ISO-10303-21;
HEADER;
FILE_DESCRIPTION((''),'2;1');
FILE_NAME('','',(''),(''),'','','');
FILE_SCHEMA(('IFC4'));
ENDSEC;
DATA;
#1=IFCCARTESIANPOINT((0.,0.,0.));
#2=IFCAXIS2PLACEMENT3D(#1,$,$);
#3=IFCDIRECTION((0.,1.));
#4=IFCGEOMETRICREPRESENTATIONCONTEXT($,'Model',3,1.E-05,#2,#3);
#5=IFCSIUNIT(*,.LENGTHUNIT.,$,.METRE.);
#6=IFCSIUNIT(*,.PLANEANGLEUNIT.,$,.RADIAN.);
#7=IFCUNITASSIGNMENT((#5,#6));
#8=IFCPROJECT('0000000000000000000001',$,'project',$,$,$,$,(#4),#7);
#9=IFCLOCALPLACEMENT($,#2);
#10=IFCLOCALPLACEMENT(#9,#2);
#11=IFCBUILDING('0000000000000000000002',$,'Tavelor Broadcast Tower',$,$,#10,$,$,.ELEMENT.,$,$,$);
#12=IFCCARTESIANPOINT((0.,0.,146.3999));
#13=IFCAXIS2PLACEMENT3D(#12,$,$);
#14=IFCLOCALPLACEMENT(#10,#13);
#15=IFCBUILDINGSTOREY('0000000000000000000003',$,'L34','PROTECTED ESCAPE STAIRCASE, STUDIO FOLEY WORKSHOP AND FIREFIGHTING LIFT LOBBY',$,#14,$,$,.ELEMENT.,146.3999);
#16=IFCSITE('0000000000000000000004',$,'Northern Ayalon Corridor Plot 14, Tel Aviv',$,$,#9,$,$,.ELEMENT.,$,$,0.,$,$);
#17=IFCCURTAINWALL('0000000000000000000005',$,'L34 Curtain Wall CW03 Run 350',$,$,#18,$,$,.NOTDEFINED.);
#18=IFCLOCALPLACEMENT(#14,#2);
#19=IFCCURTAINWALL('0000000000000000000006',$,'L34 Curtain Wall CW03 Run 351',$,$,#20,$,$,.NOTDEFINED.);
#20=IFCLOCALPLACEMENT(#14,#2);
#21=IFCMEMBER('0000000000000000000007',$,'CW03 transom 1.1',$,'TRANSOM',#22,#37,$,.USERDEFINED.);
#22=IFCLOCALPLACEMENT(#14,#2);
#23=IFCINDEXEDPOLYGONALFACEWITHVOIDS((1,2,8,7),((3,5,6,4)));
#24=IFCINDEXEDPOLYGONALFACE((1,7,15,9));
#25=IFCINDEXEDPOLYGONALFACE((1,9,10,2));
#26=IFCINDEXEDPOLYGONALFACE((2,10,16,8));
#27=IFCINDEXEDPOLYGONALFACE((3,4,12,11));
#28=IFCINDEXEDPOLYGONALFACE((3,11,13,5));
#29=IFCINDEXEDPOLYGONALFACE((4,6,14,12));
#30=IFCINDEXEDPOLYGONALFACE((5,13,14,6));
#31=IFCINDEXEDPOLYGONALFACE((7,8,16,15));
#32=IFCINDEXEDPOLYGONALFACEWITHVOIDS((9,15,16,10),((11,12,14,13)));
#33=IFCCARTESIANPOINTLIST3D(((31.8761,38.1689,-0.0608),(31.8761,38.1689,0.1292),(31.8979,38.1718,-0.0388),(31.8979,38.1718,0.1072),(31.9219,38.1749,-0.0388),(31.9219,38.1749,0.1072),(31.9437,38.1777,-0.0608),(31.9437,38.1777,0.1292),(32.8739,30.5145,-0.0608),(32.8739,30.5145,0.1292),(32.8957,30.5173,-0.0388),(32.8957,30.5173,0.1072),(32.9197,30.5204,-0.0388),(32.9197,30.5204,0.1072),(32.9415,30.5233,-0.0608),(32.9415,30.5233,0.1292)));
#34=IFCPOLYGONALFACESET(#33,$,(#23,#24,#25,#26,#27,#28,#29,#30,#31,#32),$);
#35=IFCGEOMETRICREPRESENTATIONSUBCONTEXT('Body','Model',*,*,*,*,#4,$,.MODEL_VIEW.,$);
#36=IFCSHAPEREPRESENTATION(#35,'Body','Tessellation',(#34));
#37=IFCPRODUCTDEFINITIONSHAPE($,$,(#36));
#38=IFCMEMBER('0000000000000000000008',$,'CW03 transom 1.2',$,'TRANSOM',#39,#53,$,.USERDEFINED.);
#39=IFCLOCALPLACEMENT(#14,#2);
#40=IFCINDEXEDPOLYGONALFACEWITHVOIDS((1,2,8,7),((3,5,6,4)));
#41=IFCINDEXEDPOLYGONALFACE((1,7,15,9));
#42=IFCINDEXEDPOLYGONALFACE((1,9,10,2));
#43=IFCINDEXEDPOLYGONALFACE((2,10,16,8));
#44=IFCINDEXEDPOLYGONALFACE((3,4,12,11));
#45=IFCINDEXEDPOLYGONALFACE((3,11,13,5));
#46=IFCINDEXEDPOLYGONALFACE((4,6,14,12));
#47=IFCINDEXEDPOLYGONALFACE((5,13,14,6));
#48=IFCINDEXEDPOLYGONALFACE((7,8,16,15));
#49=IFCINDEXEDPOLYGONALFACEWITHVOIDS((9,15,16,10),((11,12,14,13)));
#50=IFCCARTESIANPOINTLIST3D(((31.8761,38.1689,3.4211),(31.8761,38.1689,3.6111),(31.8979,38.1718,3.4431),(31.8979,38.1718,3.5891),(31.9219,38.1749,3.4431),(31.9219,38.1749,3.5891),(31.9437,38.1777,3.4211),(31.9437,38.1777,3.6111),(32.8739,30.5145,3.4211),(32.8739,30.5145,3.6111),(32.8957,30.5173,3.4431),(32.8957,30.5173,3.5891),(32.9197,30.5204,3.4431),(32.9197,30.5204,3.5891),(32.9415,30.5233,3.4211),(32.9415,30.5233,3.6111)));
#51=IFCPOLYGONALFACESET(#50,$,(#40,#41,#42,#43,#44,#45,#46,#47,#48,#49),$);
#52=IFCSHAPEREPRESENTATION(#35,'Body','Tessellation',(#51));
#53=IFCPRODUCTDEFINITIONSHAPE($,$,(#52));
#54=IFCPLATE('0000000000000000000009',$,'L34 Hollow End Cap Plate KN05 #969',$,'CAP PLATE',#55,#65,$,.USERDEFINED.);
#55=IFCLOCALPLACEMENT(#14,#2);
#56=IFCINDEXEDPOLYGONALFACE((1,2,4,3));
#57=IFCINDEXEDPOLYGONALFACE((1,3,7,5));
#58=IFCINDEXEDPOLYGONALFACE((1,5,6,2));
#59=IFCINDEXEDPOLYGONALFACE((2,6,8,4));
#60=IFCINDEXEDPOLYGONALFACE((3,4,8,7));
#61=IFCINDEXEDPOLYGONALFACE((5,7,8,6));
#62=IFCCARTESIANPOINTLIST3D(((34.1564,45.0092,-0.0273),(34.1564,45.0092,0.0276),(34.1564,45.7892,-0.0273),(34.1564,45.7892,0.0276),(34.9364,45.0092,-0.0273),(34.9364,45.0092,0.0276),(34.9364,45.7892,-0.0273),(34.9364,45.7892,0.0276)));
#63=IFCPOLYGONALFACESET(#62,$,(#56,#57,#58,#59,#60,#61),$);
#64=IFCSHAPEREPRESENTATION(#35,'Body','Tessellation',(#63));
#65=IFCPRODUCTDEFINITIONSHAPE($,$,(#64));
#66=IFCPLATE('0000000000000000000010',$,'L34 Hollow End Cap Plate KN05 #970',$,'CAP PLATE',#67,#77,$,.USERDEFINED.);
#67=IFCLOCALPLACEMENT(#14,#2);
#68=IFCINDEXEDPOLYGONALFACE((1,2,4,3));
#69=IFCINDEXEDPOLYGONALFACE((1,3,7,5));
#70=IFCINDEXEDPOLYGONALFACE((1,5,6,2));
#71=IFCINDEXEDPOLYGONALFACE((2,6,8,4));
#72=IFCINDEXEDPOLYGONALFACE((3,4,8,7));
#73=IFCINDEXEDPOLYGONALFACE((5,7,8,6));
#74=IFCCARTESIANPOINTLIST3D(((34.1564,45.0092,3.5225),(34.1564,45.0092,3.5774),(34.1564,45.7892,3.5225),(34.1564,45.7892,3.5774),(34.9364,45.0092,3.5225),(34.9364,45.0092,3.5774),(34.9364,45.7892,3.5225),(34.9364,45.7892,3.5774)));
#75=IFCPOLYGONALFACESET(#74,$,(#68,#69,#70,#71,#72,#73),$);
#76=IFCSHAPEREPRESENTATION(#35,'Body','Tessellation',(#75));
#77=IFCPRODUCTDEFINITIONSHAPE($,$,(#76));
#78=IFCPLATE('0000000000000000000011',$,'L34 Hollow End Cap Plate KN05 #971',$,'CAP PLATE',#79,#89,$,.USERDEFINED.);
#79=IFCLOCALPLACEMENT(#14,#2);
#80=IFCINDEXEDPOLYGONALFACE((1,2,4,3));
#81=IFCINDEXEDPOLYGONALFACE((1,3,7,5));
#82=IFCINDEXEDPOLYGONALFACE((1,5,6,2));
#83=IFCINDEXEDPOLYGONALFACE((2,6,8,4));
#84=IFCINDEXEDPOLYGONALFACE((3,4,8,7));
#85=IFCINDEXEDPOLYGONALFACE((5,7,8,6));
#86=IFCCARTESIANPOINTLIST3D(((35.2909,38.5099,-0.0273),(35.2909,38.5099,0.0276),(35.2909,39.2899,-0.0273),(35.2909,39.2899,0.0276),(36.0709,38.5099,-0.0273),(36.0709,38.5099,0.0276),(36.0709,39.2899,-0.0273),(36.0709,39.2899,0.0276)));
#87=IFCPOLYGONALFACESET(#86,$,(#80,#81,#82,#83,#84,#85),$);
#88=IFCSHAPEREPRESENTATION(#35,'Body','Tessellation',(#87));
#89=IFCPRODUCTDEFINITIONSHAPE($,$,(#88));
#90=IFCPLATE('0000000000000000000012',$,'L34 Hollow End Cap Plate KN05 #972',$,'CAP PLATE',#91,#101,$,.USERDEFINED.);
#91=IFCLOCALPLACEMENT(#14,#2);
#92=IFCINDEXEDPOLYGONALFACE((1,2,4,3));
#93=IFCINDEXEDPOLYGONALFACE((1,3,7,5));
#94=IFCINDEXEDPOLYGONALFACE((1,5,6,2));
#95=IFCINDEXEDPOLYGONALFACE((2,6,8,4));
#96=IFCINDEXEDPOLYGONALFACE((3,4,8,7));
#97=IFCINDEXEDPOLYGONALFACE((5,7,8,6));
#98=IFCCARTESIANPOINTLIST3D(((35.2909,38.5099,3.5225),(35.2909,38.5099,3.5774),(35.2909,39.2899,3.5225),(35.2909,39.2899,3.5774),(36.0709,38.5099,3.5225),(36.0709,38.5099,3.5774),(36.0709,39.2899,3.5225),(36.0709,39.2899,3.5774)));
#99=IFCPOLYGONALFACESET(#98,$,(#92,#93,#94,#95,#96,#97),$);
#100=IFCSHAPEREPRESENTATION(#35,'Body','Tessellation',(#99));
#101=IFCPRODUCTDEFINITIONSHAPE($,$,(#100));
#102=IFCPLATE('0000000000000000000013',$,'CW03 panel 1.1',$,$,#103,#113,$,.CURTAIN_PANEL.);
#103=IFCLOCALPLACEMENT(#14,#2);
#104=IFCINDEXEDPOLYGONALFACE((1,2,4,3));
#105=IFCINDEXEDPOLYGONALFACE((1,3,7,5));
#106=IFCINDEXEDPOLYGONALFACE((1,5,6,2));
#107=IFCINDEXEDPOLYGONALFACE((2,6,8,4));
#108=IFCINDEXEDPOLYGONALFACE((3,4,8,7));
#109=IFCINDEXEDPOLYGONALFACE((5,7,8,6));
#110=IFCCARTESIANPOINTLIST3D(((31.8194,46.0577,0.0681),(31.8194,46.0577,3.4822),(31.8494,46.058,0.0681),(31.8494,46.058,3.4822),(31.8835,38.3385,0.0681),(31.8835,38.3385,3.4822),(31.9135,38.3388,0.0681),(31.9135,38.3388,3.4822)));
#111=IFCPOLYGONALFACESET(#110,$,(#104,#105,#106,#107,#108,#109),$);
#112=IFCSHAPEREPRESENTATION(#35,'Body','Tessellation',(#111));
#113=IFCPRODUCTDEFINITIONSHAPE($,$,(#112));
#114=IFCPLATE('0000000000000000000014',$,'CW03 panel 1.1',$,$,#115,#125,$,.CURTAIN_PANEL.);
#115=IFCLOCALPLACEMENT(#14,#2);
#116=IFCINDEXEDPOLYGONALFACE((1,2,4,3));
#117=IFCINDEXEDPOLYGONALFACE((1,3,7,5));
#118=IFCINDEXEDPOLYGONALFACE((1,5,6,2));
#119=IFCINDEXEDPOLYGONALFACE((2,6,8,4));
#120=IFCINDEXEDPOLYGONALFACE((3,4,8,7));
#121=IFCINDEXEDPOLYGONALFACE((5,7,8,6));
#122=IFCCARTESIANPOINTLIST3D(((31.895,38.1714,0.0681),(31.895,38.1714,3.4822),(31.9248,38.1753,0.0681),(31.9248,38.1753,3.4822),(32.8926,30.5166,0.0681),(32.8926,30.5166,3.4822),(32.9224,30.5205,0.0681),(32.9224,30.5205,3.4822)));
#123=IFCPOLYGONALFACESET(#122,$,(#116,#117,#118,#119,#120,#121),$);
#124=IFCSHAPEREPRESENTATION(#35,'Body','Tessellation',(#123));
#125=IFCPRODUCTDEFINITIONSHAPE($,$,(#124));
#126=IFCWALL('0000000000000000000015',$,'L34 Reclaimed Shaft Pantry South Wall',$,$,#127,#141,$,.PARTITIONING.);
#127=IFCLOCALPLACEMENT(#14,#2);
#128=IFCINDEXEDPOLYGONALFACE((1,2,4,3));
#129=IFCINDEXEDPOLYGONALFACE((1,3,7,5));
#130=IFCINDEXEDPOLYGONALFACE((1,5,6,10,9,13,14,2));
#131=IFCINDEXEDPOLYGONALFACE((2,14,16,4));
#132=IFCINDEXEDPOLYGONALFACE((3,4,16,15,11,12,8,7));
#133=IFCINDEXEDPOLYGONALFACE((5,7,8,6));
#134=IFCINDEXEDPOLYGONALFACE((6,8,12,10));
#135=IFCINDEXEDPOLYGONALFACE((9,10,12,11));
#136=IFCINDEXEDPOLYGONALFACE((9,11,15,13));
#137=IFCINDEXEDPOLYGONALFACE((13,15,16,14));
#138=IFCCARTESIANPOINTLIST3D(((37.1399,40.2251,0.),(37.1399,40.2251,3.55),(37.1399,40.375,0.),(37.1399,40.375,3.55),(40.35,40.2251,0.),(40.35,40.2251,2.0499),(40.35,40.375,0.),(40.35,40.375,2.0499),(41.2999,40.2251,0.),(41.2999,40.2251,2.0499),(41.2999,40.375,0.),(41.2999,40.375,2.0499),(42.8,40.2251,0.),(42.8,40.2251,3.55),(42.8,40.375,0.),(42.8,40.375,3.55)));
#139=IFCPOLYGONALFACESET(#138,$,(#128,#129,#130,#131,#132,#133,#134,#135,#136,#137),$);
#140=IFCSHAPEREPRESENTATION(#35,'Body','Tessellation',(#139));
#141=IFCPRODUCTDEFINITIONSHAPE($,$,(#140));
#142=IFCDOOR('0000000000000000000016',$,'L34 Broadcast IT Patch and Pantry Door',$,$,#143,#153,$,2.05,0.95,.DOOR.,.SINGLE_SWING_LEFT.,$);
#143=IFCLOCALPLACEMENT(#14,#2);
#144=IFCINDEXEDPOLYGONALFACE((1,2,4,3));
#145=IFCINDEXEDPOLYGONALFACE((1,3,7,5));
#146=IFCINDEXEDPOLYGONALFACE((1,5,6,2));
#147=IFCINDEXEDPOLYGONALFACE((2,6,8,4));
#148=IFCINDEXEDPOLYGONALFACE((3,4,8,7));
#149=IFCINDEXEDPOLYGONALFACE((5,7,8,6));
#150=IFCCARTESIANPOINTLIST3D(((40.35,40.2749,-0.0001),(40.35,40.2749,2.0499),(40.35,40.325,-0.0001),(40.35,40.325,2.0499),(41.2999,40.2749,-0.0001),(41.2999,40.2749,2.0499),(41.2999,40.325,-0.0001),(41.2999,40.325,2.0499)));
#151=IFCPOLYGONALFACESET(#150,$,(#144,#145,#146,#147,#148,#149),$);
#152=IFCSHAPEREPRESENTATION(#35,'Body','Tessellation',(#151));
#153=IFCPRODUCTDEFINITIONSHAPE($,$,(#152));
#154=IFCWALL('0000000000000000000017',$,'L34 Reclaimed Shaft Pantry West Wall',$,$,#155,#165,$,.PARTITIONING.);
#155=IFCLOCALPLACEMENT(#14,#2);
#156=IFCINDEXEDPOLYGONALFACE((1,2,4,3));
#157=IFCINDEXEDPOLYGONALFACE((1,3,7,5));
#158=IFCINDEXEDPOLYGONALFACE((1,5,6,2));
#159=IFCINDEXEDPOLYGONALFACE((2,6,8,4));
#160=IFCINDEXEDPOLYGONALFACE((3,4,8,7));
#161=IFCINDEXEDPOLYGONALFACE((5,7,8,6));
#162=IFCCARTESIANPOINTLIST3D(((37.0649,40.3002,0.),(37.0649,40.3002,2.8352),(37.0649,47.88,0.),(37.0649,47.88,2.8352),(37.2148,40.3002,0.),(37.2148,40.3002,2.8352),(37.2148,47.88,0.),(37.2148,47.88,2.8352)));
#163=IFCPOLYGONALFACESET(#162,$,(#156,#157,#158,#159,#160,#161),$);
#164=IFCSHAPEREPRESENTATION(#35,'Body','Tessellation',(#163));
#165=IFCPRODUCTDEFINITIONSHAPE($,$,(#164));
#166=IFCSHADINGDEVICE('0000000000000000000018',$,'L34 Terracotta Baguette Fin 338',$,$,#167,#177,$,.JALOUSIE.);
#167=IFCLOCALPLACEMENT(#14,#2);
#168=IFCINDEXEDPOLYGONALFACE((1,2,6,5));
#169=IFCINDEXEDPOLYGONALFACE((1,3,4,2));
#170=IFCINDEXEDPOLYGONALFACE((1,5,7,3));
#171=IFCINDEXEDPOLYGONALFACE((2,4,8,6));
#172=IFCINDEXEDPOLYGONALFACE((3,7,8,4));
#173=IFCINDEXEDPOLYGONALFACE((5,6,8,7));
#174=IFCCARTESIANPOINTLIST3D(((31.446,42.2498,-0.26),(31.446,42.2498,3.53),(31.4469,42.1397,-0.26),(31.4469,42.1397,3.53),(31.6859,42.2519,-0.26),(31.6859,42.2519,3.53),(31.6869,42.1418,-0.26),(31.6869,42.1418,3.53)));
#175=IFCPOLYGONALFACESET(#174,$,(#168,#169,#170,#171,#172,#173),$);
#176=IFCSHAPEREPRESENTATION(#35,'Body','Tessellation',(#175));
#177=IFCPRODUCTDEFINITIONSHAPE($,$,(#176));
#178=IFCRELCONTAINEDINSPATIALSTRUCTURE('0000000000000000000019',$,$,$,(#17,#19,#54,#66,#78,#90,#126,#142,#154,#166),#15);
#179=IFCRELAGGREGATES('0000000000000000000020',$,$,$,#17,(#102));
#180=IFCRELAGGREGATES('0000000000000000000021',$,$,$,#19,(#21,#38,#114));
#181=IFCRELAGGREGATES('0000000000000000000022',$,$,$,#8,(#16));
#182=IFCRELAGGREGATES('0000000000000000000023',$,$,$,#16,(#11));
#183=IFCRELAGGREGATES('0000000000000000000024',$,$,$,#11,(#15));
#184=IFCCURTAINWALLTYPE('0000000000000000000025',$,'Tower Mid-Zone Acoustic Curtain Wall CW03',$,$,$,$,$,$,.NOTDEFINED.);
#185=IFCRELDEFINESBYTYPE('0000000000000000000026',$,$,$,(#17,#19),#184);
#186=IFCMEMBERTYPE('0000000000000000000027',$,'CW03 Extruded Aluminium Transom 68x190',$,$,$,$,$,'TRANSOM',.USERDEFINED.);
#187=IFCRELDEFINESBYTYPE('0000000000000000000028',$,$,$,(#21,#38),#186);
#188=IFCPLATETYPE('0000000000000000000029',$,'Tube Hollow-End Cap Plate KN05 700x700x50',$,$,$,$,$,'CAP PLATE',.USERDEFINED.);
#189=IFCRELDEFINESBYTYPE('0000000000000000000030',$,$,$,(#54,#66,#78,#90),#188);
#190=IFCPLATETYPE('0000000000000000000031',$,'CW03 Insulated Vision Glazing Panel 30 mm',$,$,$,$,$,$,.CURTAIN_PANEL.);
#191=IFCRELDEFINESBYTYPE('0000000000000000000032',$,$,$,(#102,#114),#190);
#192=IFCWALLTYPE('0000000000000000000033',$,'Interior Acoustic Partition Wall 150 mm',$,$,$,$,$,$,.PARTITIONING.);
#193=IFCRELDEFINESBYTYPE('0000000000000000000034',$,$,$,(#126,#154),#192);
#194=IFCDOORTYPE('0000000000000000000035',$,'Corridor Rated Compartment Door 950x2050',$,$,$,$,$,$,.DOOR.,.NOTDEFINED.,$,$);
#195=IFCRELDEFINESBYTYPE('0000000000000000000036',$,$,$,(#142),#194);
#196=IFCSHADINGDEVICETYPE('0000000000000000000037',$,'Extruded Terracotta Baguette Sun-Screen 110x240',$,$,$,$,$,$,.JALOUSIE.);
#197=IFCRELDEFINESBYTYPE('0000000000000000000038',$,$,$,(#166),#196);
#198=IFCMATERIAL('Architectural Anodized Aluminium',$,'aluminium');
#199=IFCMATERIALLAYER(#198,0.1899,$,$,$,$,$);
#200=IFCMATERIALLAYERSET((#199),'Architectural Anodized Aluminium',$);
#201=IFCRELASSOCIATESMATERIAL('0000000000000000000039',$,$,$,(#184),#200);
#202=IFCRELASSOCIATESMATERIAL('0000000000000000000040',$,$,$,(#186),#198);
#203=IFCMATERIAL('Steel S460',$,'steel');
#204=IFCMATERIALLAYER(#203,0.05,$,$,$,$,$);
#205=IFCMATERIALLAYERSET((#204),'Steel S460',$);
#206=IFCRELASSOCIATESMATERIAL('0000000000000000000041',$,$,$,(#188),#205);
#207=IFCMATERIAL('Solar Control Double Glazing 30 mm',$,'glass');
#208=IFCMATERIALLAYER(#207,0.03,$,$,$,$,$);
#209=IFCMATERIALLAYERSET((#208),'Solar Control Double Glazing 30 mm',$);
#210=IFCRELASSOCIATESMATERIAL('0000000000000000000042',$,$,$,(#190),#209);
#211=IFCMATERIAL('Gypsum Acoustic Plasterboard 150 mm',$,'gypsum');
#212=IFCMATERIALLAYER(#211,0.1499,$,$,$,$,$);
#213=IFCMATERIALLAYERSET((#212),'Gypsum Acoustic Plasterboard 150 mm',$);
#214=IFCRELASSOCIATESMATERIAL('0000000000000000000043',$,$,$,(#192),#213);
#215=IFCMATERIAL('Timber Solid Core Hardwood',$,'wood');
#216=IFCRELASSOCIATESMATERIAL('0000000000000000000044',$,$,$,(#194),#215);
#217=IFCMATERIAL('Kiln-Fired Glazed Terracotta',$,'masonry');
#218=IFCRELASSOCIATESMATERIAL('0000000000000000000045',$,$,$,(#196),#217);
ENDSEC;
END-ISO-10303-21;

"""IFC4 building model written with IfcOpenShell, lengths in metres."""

from ifc_helpers import new_model, si_unit, direction, frame, frame_2d, origin, origin_2d, place, context, subcontext, project, spatial, rectangle, hollow_rectangle, extrude, source, transform, mapped, material, layer, layer_set, material_profile, profile_set, type_object, type_shapes, element, fill, aggregate, save


model = new_model("IFC4")

# Units and contexts
model_context = context("Model", 3, precision=1e-05, world=origin(), true_north=direction((0.0, 1.0)))
body_context = subcontext(model_context, "Body", "Model", "MODEL_VIEW")
ifc_project = project(units=[si_unit("LENGTHUNIT", "METRE"), si_unit("PLANEANGLEUNIT", "RADIAN")], contexts=[model_context])

# Site, building, storey
site_placement = place(None, origin())
site = spatial("IfcSite", under=ifc_project, at=site_placement, Name="Northern Ayalon Corridor Plot 14, Tel Aviv", CompositionType="ELEMENT", RefElevation=0.0)
building_placement = place(site_placement, origin())
building = spatial("IfcBuilding", under=site, at=building_placement, Name="Tavelor Broadcast Tower", CompositionType="ELEMENT")
storey_placement = place(building_placement, frame((0.0, 0.0, 146.3999)))
storey = spatial("IfcBuildingStorey", under=building, at=storey_placement, Name="L34", Description="PROTECTED ESCAPE STAIRCASE, STUDIO FOLEY WORKSHOP AND FIREFIGHTING LIFT LOBBY", CompositionType="ELEMENT", Elevation=146.3999)

# Shared definitions
ifc_material_1 = material(Name="Steel S460", Category="steel")

# Shared definitions
ifc_material_2 = material(Name="Architectural Anodized Aluminium", Category="aluminium")
ifc_layer_1 = layer(ifc_material_2, 0.1899)
ifc_layer_set_1 = layer_set([ifc_layer_1], Name="Architectural Anodized Aluminium")
curtain_wall_type = type_object("IfcCurtainWallType", Name="Tower Mid-Zone Acoustic Curtain Wall CW03", PredefinedType="NOTDEFINED", material=ifc_layer_set_1)

# Curtain wall
curtain_wall_1_placement = place(storey_placement, origin())
curtain_wall_1 = element("IfcCurtainWall", 1, at=curtain_wall_1_placement, inside=storey, type_object=curtain_wall_type, Name="L34 Curtain Wall CW03 Run 350", PredefinedType="NOTDEFINED")

# Curtain wall
curtain_wall_2_placement = place(storey_placement, origin())
curtain_wall_2 = element("IfcCurtainWall", 2, at=curtain_wall_2_placement, inside=storey, type_object=curtain_wall_type, Name="L34 Curtain Wall CW03 Run 351", PredefinedType="NOTDEFINED")

# Members
ifc_material_profile_1 = material_profile(ifc_material_2, hollow_rectangle(XDim=0.0681, YDim=0.1899, WallThickness=0.022, at=origin_2d()), Name="RHS 68x190x22")
ifc_profile_set_1 = profile_set([ifc_material_profile_1], Name="Architectural Anodized Aluminium")
member_type_1 = type_object("IfcMemberType", Name="CW03 Extruded Aluminium Transom 68x190", ElementType="TRANSOM", PredefinedType="USERDEFINED", material=ifc_profile_set_1)
shared_shape_1 = source(origin(), body_context, "Body", "SweptSolid", [
    extrude(hollow_rectangle(XDim=0.0681, YDim=0.1899, WallThickness=0.022, at=origin_2d()), origin(), (0.0, 0.0, 1.0), 7.7192),
])
member_1_placement = place(storey_placement, frame((31.9099, 38.1733, 0.0342), z_axis=(0.129261, -0.991611, 0.0), x_axis=(0.991611, 0.129261, 0.0)))
member_1 = element("IfcMember", 3, at=member_1_placement, type_object=member_type_1, Name="CW03 transom 1.1", ObjectType="TRANSOM", PredefinedType="USERDEFINED", context=body_context, shape_type="MappedRepresentation", body=[
    mapped(shared_shape_1, transform((0.0, 0.0, 0.0), scale=1.0)),
])
member_2_placement = place(storey_placement, frame((31.9099, 38.1733, 3.5161), z_axis=(0.129261, -0.991611, 0.0), x_axis=(0.991611, 0.129261, 0.0)))
member_2 = element("IfcMember", 4, at=member_2_placement, type_object=member_type_1, Name="CW03 transom 1.2", ObjectType="TRANSOM", PredefinedType="USERDEFINED", context=body_context, shape_type="MappedRepresentation", body=[
    mapped(shared_shape_1, transform((0.0, 0.0, 0.0), scale=1.0)),
])

# Plates
ifc_layer_2 = layer(ifc_material_1, 0.05)
ifc_layer_set_2 = layer_set([ifc_layer_2], Name="Steel S460")
plate_type_1 = type_object("IfcPlateType", Name="Tube Hollow-End Cap Plate KN05 700x700x50", ElementType="CAP PLATE", PredefinedType="USERDEFINED", material=ifc_layer_set_2)
shared_shape_2 = source(origin(), body_context, "Body", "SweptSolid", [
    extrude(rectangle(XDim=0.78, YDim=0.78, at=origin_2d()), origin(), (0.0, 0.0, 1.0), 0.0549),
])
type_shapes(plate_type_1, [shared_shape_2])
for number, where, z_axis, x_axis, name in (
    (5, (34.5464, 45.3992, -0.0273), (0.0, 0.0, 1.0), (1.0, 0.0, 0.0), "L34 Hollow End Cap Plate KN05 #969"),
    (6, (34.5464, 45.3992, 3.5225), (0.0, 0.0, 1.0), (1.0, 0.0, 0.0), "L34 Hollow End Cap Plate KN05 #970"),
    (7, (35.6809, 38.8999, -0.0273), (0.0, 0.0, 1.0), (1.0, 0.0, 0.0), "L34 Hollow End Cap Plate KN05 #971"),
    (8, (35.6809, 38.8999, 3.5225), (0.0, 0.0, 1.0), (1.0, 0.0, 0.0), "L34 Hollow End Cap Plate KN05 #972"),
):
    element("IfcPlate", number, at=place(storey_placement, frame(where, z_axis=z_axis, x_axis=x_axis)), inside=storey, type_object=plate_type_1, Name=name, ObjectType="CAP PLATE", PredefinedType="USERDEFINED", context=body_context, shape_type="MappedRepresentation", body=[
        mapped(shared_shape_2, transform((0.0, 0.0, 0.0), scale=1.0)),
    ])

# Plates
ifc_material_3 = material(Name="Solar Control Double Glazing 30 mm", Category="glass")
ifc_layer_3 = layer(ifc_material_3, 0.03)
ifc_layer_set_3 = layer_set([ifc_layer_3], Name="Solar Control Double Glazing 30 mm")
plate_type_2 = type_object("IfcPlateType", Name="CW03 Insulated Vision Glazing Panel 30 mm", PredefinedType="CURTAIN_PANEL", material=ifc_layer_set_3)
shared_shape_3 = source(origin(), body_context, "Body", "SweptSolid", [
    extrude(rectangle(XDim=7.7195, YDim=0.03, at=origin_2d()), origin(), (0.0, 0.0, 1.0), 3.4141),
])
type_shapes(plate_type_2, [shared_shape_3])
plate_1_placement = place(storey_placement, frame((31.8665, 42.1982, 0.0681), z_axis=(0.0, 0.0, 1.0), x_axis=(0.0083, -0.999966, 0.0)))
plate_1 = element("IfcPlate", 9, at=plate_1_placement, type_object=plate_type_2, Name="CW03 panel 1.1", PredefinedType="CURTAIN_PANEL", context=body_context, shape_type="MappedRepresentation", body=[
    mapped(shared_shape_3, transform((0.0, 0.0, 0.0), scale=1.0)),
])
aggregate(curtain_wall_1, [plate_1])
plate_2_placement = place(storey_placement, frame((32.4087, 34.3459, 0.0681), z_axis=(0.0, 0.0, 1.0), x_axis=(0.129236, -0.991614, 0.0)))
plate_2 = element("IfcPlate", 10, at=plate_2_placement, type_object=plate_type_2, Name="CW03 panel 1.1", PredefinedType="CURTAIN_PANEL", context=body_context, shape_type="MappedRepresentation", body=[
    mapped(shared_shape_3, transform((0.0, 0.0, 0.0), scale=1.0)),
])
aggregate(curtain_wall_2, [member_1, member_2, plate_2])

# Wall, opening, door
ifc_material_4 = material(Name="Gypsum Acoustic Plasterboard 150 mm", Category="gypsum")
ifc_layer_4 = layer(ifc_material_4, 0.1499)
ifc_layer_set_4 = layer_set([ifc_layer_4], Name="Gypsum Acoustic Plasterboard 150 mm")
wall_type = type_object("IfcWallType", Name="Interior Acoustic Partition Wall 150 mm", PredefinedType="PARTITIONING", material=ifc_layer_set_4)
wall_1_placement = place(storey_placement, frame((37.1399, 40.3, 0.0), z_axis=(0.0, 0.0, 1.0), x_axis=(1.0, 0.0, 0.0)))
wall_1 = element("IfcWall", 11, at=wall_1_placement, inside=storey, type_object=wall_type, Name="L34 Reclaimed Shaft Pantry South Wall", PredefinedType="PARTITIONING", context=body_context, shape_type="SweptSolid", body=[
    extrude(rectangle(XDim=5.6602, YDim=0.1499, at=frame_2d((2.8301, 0.0))), origin(), (0.0, 0.0, 1.0), 3.55),
])
opening_placement = place(wall_1_placement, frame((3.21, 0.0, 0.0)))
opening = element("IfcOpeningElement", 12, at=opening_placement, cuts=wall_1, PredefinedType="OPENING", context=body_context, shape_type="SweptSolid", body=[
    extrude(rectangle(XDim=0.95, YDim=2.05, at=frame_2d((0.4751, 1.0249))), frame((0.0, 0.085, 0.0), z_axis=(0.0, -1.0, 0.0), x_axis=(1.0, 0.0, 0.0)), (0.0, 0.0, 1.0), 0.1699),
])
ifc_material_5 = material(Name="Timber Solid Core Hardwood", Category="wood")
door_type = type_object("IfcDoorType", Name="Corridor Rated Compartment Door 950x2050", OperationType="NOTDEFINED", PredefinedType="DOOR", material=ifc_material_5)
door_placement = place(opening_placement, origin())
door = element("IfcDoor", 13, at=door_placement, inside=storey, type_object=door_type, Name="L34 Broadcast IT Patch and Pantry Door", OperationType="SINGLE_SWING_LEFT", OverallHeight=2.05, OverallWidth=0.95, PredefinedType="DOOR", context=body_context, shape_type="SweptSolid", body=[
    extrude(rectangle(XDim=0.95, YDim=2.05, at=frame_2d((0.4751, 1.0249))), frame((0.0, 0.0249, 0.0), z_axis=(0.0, -1.0, 0.0), x_axis=(1.0, 0.0, 0.0)), (0.0, 0.0, 1.0), 0.05),
])
fill(opening, door)

# Wall
wall_2_placement = place(storey_placement, frame((37.1399, 40.3, 0.0), z_axis=(0.0, 0.0, 1.0), x_axis=(0.0, 1.0, 0.0)))
element("IfcWall", 14, at=wall_2_placement, inside=storey, type_object=wall_type, Name="L34 Reclaimed Shaft Pantry West Wall", PredefinedType="PARTITIONING", context=body_context, shape_type="SweptSolid", body=[
    extrude(rectangle(XDim=7.5798, YDim=0.1499, at=frame_2d((3.79, 0.0))), origin(), (0.0, 0.0, 1.0), 2.8352),
])

# Shading device
ifc_material_6 = material(Name="Kiln-Fired Glazed Terracotta", Category="masonry")
shading_device_type = type_object("IfcShadingDeviceType", Name="Extruded Terracotta Baguette Sun-Screen 110x240", PredefinedType="JALOUSIE", material=ifc_material_6)
shared_shape_4 = source(origin(), body_context, "Body", "SweptSolid", [
    extrude(rectangle(XDim=0.1101, YDim=0.24, at=origin_2d()), origin(), (0.0, 0.0, 1.0), 3.79),
])
type_shapes(shading_device_type, [shared_shape_4])
shading_device_placement = place(storey_placement, frame((31.5664, 42.1958, -0.26), z_axis=(0.0, 0.0, 1.0), x_axis=(0.008377, -0.999965, 0.0)))
element("IfcShadingDevice", 15, at=shading_device_placement, inside=storey, type_object=shading_device_type, Name="L34 Terracotta Baguette Fin 338", PredefinedType="JALOUSIE", context=body_context, shape_type="MappedRepresentation", body=[
    mapped(shared_shape_4, transform((0.0, 0.0, 0.0), scale=1.0)),
])

save(model, "model.ifc")
